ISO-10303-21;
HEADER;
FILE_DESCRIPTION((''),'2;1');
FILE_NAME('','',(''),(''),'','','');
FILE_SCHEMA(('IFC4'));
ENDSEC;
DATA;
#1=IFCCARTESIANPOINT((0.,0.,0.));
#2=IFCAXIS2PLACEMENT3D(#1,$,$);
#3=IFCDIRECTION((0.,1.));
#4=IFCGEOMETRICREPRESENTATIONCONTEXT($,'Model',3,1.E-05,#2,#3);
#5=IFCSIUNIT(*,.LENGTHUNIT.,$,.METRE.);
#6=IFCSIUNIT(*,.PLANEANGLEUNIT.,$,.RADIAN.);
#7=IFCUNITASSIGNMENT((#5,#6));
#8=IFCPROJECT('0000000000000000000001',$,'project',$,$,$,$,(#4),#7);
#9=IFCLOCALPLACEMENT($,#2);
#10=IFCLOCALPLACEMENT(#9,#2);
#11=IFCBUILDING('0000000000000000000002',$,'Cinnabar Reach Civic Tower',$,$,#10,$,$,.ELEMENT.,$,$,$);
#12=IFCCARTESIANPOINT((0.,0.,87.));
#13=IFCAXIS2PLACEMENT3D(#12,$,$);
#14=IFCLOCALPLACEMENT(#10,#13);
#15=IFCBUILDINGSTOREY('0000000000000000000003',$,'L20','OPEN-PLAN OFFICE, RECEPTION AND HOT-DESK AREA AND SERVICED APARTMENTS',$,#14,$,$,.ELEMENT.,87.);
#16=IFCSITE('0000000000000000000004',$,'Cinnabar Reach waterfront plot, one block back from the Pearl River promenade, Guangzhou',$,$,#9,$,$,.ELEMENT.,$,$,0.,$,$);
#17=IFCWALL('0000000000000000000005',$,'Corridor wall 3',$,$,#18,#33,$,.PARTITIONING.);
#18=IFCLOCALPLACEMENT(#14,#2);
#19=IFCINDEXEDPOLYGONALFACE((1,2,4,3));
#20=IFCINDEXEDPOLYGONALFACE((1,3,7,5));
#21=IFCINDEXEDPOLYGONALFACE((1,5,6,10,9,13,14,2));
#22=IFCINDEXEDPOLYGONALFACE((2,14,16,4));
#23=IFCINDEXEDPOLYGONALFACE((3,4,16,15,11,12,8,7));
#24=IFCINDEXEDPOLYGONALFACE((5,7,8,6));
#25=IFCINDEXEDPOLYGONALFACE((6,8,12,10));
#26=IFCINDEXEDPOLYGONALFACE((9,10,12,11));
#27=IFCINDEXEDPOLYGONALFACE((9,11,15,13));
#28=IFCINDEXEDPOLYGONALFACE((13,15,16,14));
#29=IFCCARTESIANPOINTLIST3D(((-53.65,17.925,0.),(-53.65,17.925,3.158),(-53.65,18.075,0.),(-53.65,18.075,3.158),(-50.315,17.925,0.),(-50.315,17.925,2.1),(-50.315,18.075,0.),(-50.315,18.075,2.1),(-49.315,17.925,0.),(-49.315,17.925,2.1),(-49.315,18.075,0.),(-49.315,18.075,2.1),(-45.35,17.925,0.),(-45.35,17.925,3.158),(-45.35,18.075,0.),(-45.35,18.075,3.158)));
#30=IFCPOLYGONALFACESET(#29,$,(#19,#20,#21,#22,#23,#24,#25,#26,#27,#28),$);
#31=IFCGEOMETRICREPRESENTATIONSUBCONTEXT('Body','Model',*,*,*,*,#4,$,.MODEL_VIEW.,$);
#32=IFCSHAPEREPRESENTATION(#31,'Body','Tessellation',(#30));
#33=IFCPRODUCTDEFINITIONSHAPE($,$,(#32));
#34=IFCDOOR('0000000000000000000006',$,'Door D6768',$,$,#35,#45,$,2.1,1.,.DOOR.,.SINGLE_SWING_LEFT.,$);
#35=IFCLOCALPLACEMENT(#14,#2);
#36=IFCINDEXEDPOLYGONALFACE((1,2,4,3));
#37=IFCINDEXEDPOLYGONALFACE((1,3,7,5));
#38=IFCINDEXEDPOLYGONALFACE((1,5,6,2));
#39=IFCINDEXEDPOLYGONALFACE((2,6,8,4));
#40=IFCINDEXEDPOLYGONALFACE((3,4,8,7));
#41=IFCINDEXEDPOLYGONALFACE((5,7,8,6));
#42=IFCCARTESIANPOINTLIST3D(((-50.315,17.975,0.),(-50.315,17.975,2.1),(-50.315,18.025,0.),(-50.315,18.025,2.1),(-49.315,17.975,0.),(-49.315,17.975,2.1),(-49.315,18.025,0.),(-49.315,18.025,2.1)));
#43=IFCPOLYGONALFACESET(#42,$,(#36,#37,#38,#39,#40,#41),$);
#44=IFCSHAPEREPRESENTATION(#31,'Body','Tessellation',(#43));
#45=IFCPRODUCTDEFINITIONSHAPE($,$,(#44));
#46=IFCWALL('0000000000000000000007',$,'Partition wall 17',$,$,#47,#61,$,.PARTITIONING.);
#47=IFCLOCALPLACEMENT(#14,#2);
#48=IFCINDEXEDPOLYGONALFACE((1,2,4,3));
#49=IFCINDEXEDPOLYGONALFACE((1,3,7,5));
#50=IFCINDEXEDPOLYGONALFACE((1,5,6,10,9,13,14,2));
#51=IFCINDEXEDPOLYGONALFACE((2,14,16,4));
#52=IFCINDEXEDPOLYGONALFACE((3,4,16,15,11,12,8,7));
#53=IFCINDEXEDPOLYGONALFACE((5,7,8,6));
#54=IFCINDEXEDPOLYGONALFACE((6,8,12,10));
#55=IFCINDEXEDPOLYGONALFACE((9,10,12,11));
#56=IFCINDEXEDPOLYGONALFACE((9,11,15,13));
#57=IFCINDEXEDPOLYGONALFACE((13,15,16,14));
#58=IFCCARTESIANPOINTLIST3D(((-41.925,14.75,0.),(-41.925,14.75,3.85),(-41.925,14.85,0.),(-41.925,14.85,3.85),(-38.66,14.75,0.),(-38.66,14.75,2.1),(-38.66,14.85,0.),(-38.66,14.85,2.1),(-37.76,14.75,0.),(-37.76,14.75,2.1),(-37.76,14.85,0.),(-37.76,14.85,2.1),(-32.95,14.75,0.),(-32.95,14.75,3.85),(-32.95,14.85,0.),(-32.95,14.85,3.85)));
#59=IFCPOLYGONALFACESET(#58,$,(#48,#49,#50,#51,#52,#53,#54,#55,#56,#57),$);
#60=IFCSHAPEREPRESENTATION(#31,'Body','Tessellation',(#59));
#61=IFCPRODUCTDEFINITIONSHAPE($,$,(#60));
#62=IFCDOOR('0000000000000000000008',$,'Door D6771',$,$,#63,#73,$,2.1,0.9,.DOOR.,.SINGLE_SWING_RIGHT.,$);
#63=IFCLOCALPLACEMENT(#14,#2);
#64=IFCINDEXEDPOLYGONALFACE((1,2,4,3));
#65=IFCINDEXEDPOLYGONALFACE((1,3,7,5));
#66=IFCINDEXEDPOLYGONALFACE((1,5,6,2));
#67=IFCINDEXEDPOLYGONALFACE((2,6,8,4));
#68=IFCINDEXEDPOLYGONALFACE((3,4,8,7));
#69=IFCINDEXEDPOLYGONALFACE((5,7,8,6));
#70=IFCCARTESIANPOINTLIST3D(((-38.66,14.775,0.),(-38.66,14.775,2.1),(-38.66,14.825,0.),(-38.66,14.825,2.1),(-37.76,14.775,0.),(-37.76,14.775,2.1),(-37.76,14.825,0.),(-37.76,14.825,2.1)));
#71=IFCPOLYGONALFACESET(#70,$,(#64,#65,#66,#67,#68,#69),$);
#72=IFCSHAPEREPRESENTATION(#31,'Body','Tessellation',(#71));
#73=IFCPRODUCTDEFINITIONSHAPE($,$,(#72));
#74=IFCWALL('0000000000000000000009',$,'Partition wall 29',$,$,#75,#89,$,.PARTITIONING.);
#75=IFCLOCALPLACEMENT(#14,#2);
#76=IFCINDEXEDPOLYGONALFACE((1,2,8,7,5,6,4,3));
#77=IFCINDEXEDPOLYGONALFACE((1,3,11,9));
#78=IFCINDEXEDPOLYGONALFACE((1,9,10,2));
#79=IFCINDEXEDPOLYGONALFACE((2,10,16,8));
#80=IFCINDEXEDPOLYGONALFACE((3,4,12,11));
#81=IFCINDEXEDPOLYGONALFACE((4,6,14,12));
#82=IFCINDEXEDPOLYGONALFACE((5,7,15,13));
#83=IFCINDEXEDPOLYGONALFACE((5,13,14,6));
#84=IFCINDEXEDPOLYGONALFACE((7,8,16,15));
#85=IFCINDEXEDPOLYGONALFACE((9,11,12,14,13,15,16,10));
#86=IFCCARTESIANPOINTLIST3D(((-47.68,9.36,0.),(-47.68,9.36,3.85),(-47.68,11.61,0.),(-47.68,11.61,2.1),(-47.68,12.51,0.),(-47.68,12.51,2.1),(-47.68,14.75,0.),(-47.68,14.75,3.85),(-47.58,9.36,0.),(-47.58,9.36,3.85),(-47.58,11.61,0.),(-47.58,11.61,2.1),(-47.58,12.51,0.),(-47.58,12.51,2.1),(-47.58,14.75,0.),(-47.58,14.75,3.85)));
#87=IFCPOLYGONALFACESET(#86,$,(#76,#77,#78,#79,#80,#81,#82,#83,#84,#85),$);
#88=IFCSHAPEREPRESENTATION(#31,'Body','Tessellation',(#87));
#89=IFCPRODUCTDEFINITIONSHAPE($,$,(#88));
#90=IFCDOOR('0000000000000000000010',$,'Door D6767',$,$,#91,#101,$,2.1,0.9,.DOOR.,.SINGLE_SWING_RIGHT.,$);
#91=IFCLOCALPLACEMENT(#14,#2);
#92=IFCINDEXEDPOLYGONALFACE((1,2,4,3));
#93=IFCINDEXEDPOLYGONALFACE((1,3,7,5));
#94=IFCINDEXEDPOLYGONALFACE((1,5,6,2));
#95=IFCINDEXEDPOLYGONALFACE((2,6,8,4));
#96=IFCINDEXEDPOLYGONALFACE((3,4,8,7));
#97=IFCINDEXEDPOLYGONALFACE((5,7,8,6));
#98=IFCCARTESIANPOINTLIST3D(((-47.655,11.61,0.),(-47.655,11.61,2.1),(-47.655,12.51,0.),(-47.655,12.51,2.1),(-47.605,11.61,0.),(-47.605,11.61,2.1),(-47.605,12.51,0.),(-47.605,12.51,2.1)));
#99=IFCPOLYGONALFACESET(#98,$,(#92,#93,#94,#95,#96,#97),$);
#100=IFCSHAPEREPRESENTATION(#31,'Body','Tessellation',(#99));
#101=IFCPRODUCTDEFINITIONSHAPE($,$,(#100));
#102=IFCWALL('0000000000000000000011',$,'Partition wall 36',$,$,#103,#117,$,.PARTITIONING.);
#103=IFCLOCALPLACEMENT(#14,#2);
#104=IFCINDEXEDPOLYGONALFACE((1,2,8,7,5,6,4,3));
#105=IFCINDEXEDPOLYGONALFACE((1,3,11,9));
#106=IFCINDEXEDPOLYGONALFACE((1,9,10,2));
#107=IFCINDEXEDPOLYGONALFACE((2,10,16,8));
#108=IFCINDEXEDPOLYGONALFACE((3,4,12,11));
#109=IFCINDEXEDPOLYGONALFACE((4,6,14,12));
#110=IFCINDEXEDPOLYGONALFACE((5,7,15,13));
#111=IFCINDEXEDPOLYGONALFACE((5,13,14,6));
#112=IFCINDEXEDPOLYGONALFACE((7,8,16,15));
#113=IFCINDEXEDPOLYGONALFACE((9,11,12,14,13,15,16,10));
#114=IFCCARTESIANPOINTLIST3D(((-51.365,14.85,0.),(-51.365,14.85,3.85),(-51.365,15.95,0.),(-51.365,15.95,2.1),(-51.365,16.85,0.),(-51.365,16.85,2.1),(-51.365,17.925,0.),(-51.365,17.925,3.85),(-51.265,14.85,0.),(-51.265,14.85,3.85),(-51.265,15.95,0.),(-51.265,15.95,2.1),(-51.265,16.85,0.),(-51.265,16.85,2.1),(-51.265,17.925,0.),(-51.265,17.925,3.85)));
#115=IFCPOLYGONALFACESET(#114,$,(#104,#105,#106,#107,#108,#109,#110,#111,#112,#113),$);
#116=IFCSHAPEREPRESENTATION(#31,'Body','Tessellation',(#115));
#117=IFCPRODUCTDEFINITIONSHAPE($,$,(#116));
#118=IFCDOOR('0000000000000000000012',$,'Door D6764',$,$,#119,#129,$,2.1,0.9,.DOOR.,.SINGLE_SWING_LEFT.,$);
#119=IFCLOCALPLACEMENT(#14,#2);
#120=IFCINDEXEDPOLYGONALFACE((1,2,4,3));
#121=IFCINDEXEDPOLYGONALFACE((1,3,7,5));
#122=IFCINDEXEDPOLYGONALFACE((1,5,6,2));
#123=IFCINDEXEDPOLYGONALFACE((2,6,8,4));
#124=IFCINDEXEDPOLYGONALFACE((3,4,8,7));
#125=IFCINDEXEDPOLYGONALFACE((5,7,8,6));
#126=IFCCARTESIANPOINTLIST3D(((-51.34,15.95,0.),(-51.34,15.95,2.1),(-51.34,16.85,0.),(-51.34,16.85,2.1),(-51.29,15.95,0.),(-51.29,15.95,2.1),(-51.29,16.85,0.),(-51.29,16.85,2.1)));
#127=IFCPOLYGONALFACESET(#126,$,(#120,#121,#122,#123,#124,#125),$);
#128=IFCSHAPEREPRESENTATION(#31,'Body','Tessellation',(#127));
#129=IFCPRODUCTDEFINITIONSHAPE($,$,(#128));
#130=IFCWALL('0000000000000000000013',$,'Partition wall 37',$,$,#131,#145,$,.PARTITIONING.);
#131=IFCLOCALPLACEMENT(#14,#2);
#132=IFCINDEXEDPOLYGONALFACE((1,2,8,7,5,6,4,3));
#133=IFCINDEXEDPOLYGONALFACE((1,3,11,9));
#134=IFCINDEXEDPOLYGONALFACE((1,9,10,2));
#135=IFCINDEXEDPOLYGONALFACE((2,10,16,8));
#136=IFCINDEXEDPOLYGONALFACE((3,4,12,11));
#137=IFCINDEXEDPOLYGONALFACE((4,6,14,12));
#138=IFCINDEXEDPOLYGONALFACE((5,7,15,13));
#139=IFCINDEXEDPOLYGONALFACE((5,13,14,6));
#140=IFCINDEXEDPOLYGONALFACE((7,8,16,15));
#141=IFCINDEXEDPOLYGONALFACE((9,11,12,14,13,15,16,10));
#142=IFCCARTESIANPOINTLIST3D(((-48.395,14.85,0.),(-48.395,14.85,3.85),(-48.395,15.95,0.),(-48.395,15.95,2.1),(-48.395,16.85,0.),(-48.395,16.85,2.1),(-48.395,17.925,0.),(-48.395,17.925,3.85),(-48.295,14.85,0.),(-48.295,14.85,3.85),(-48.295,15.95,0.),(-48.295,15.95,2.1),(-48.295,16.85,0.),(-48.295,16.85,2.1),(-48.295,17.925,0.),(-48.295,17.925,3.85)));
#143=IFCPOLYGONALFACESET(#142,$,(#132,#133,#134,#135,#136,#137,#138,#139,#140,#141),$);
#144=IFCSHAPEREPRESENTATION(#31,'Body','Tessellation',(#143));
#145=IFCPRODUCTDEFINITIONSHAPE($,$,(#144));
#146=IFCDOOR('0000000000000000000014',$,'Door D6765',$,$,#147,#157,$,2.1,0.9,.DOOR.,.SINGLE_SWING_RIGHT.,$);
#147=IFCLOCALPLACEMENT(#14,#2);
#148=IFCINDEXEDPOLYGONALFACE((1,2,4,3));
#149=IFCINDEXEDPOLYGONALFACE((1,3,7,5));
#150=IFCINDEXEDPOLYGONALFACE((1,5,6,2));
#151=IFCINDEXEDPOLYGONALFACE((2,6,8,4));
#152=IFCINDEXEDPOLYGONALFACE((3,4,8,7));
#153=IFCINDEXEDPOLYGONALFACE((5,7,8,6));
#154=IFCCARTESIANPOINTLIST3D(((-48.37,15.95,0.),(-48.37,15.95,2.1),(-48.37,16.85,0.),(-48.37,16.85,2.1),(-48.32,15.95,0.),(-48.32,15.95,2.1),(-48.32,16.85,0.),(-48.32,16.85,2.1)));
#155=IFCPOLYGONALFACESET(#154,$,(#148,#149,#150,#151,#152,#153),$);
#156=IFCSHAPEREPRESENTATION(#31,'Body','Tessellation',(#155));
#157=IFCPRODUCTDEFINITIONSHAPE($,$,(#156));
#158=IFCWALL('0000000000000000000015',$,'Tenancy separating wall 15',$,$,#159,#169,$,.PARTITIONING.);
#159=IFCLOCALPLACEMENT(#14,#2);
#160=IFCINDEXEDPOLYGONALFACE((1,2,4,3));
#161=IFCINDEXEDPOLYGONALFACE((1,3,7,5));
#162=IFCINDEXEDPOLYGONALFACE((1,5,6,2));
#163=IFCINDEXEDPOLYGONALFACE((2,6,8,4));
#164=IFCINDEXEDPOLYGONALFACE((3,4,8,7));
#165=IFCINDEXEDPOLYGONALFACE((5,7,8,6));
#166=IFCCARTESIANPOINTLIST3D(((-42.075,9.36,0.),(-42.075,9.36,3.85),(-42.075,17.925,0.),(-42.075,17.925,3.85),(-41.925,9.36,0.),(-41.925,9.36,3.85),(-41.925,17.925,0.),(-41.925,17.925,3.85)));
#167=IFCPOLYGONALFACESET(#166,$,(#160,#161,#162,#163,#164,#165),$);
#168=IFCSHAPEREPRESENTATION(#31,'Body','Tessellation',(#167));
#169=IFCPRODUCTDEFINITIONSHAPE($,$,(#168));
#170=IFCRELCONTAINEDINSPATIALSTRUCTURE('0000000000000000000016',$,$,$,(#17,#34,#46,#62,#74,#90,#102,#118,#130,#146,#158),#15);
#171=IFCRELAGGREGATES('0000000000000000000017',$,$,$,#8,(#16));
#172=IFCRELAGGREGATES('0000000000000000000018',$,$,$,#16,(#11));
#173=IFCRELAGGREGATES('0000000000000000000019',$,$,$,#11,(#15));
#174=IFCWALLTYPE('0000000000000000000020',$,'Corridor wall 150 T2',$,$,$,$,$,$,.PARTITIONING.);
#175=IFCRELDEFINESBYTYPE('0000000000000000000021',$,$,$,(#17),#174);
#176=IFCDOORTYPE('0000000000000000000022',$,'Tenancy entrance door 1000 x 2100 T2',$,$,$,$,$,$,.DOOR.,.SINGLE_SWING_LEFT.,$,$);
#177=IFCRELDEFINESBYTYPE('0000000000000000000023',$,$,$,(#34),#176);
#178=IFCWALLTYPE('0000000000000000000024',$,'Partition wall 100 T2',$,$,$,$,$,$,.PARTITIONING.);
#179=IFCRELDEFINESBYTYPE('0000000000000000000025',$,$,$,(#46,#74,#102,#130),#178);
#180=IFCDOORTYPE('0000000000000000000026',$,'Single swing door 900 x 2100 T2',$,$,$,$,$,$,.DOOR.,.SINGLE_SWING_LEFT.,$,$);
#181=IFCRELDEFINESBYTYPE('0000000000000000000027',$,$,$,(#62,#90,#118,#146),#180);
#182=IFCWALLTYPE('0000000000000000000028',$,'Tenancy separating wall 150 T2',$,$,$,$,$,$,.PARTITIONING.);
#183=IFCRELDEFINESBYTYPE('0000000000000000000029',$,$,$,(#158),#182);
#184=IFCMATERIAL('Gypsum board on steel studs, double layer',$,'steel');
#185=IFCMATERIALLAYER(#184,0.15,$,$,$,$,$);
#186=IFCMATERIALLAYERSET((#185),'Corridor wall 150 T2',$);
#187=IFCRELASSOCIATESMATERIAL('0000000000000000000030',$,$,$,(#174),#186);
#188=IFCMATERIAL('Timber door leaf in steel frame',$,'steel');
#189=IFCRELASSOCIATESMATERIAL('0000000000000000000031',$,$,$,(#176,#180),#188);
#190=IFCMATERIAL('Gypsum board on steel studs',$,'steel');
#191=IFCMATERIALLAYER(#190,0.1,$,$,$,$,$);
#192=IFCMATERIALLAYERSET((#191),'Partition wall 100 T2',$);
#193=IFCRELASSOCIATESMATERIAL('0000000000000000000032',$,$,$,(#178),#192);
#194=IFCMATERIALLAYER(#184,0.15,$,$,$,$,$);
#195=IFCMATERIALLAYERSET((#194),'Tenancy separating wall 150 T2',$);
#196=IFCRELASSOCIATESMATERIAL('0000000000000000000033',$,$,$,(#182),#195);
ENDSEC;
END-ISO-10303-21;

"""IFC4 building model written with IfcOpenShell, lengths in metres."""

from ifc_helpers import new_model, si_unit, direction, frame, frame_2d, origin, place, context, subcontext, project, spatial, rectangle, extrude, material, layer, layer_set, type_object, element, fill, save


model = new_model("IFC4")

# Units and contexts
model_context = context("Model", 3, precision=1e-05, world=origin(), true_north=direction((0.0, 1.0)))
body_context = subcontext(model_context, "Body", "Model", "MODEL_VIEW")
ifc_project = project(units=[si_unit("LENGTHUNIT", "METRE"), si_unit("PLANEANGLEUNIT", "RADIAN")], contexts=[model_context])

# Site, building, storey
site_placement = place(None, origin())
site = spatial("IfcSite", under=ifc_project, at=site_placement, Name="Cinnabar Reach waterfront plot, one block back from the Pearl River promenade, Guangzhou", CompositionType="ELEMENT", RefElevation=0.0)
building_placement = place(site_placement, origin())
building = spatial("IfcBuilding", under=site, at=building_placement, Name="Cinnabar Reach Civic Tower", CompositionType="ELEMENT")
storey_placement = place(building_placement, frame((0.0, 0.0, 87.0)))
storey = spatial("IfcBuildingStorey", under=building, at=storey_placement, Name="L20", Description="OPEN-PLAN OFFICE, RECEPTION AND HOT-DESK AREA AND SERVICED APARTMENTS", CompositionType="ELEMENT", Elevation=87.0)

# Walls, openings, doors
ifc_material_1 = material(Name="Gypsum board on steel studs, double layer", Category="steel")
ifc_layer_1 = layer(ifc_material_1, 0.15)
ifc_layer_set_1 = layer_set([ifc_layer_1], Name="Corridor wall 150 T2")
wall_type_1 = type_object("IfcWallType", Name="Corridor wall 150 T2", PredefinedType="PARTITIONING", material=ifc_layer_set_1)
ifc_material_2 = material(Name="Timber door leaf in steel frame", Category="steel")
door_type_1 = type_object("IfcDoorType", Name="Tenancy entrance door 1000 x 2100 T2", OperationType="SINGLE_SWING_LEFT", PredefinedType="DOOR", material=ifc_material_2)
wall_1_placement = place(storey_placement, frame((-53.65, 18.0, 0.0), z_axis=(0.0, 0.0, 1.0), x_axis=(1.0, 0.0, 0.0)))
wall_1 = element("IfcWall", 1, at=wall_1_placement, inside=storey, type_object=wall_type_1, Name="Corridor wall 3", PredefinedType="PARTITIONING", context=body_context, shape_type="SweptSolid", body=[
    extrude(rectangle(XDim=8.3, YDim=0.15, at=frame_2d((4.15, 0.0))), origin(), (0.0, 0.0, 1.0), 3.158),
])
opening_1_placement = place(wall_1_placement, frame((3.335, 0.0, 0.0)))
opening_1 = element("IfcOpeningElement", 2, at=opening_1_placement, cuts=wall_1, PredefinedType="OPENING", context=body_context, shape_type="SweptSolid", body=[
    extrude(rectangle(XDim=1.0, YDim=2.1, at=frame_2d((0.5, 1.05))), frame((0.0, 0.085, 0.0), z_axis=(0.0, -1.0, 0.0), x_axis=(1.0, 0.0, 0.0)), (0.0, 0.0, 1.0), 0.17),
])
door_1_placement = place(opening_1_placement, frame((1.0, 0.0, 0.0), z_axis=(0.0, 0.0, 1.0), x_axis=(-1.0, 0.0, 0.0)))
door_1 = element("IfcDoor", 3, at=door_1_placement, inside=storey, type_object=door_type_1, Name="Door D6768", OperationType="SINGLE_SWING_LEFT", OverallHeight=2.1, OverallWidth=1.0, PredefinedType="DOOR", context=body_context, shape_type="SweptSolid", body=[
    extrude(rectangle(XDim=1.0, YDim=2.1, at=frame_2d((0.5, 1.05))), frame((0.0, 0.025, 0.0), z_axis=(0.0, -1.0, 0.0), x_axis=(1.0, 0.0, 0.0)), (0.0, 0.0, 1.0), 0.05),
])
fill(opening_1, door_1)
ifc_material_3 = material(Name="Gypsum board on steel studs", Category="steel")
ifc_layer_2 = layer(ifc_material_3, 0.1)
ifc_layer_set_2 = layer_set([ifc_layer_2], Name="Partition wall 100 T2")
wall_type_2 = type_object("IfcWallType", Name="Partition wall 100 T2", PredefinedType="PARTITIONING", material=ifc_layer_set_2)
wall_2_placement = place(storey_placement, frame((-41.925, 14.8, 0.0), z_axis=(0.0, 0.0, 1.0), x_axis=(1.0, 0.0, 0.0)))
wall_2 = element("IfcWall", 4, at=wall_2_placement, inside=storey, type_object=wall_type_2, Name="Partition wall 17", PredefinedType="PARTITIONING", context=body_context, shape_type="SweptSolid", body=[
    extrude(rectangle(XDim=8.975, YDim=0.1, at=frame_2d((4.4875, 0.0))), origin(), (0.0, 0.0, 1.0), 3.85),
])
opening_2_placement = place(wall_2_placement, frame((3.265, 0.0, 0.0)))
opening_2 = element("IfcOpeningElement", 5, at=opening_2_placement, cuts=wall_2, PredefinedType="OPENING", context=body_context, shape_type="SweptSolid", body=[
    extrude(rectangle(XDim=0.9, YDim=2.1, at=frame_2d((0.45, 1.05))), frame((0.0, 0.06, 0.0), z_axis=(0.0, -1.0, 0.0), x_axis=(1.0, 0.0, 0.0)), (0.0, 0.0, 1.0), 0.12),
])
door_type_2 = type_object("IfcDoorType", Name="Single swing door 900 x 2100 T2", OperationType="SINGLE_SWING_LEFT", PredefinedType="DOOR", material=ifc_material_2)
door_2_placement = place(opening_2_placement, origin())
door_2 = element("IfcDoor", 6, at=door_2_placement, inside=storey, type_object=door_type_2, Name="Door D6771", OperationType="SINGLE_SWING_RIGHT", OverallHeight=2.1, OverallWidth=0.9, PredefinedType="DOOR", context=body_context, shape_type="SweptSolid", body=[
    extrude(rectangle(XDim=0.9, YDim=2.1, at=frame_2d((0.45, 1.05))), frame((0.0, 0.025, 0.0), z_axis=(0.0, -1.0, 0.0), x_axis=(1.0, 0.0, 0.0)), (0.0, 0.0, 1.0), 0.05),
])
fill(opening_2, door_2)
wall_3_placement = place(storey_placement, frame((-47.63, 9.36, 0.0), z_axis=(0.0, 0.0, 1.0), x_axis=(0.0, 1.0, 0.0)))
wall_3 = element("IfcWall", 7, at=wall_3_placement, inside=storey, type_object=wall_type_2, Name="Partition wall 29", PredefinedType="PARTITIONING", context=body_context, shape_type="SweptSolid", body=[
    extrude(rectangle(XDim=5.39, YDim=0.1, at=frame_2d((2.695, 0.0))), origin(), (0.0, 0.0, 1.0), 3.85),
])
opening_3_placement = place(wall_3_placement, frame((2.25, 0.0, 0.0)))
opening_3 = element("IfcOpeningElement", 8, at=opening_3_placement, cuts=wall_3, PredefinedType="OPENING", context=body_context, shape_type="SweptSolid", body=[
    extrude(rectangle(XDim=0.9, YDim=2.1, at=frame_2d((0.45, 1.05))), frame((0.0, 0.06, 0.0), z_axis=(0.0, -1.0, 0.0), x_axis=(1.0, 0.0, 0.0)), (0.0, 0.0, 1.0), 0.12),
])
door_3_placement = place(opening_3_placement, frame((0.9, 0.0, 0.0), z_axis=(0.0, 0.0, 1.0), x_axis=(-1.0, 0.0, 0.0)))
door_3 = element("IfcDoor", 9, at=door_3_placement, inside=storey, type_object=door_type_2, Name="Door D6767", OperationType="SINGLE_SWING_RIGHT", OverallHeight=2.1, OverallWidth=0.9, PredefinedType="DOOR", context=body_context, shape_type="SweptSolid", body=[
    extrude(rectangle(XDim=0.9, YDim=2.1, at=frame_2d((0.45, 1.05))), frame((0.0, 0.025, 0.0), z_axis=(0.0, -1.0, 0.0), x_axis=(1.0, 0.0, 0.0)), (0.0, 0.0, 1.0), 0.05),
])
fill(opening_3, door_3)
wall_4_placement = place(storey_placement, frame((-51.315, 14.85, 0.0), z_axis=(0.0, 0.0, 1.0), x_axis=(0.0, 1.0, 0.0)))
wall_4 = element("IfcWall", 10, at=wall_4_placement, inside=storey, type_object=wall_type_2, Name="Partition wall 36", PredefinedType="PARTITIONING", context=body_context, shape_type="SweptSolid", body=[
    extrude(rectangle(XDim=3.075, YDim=0.1, at=frame_2d((1.5375, 0.0))), origin(), (0.0, 0.0, 1.0), 3.85),
])
opening_4_placement = place(wall_4_placement, frame((1.1, 0.0, 0.0)))
opening_4 = element("IfcOpeningElement", 11, at=opening_4_placement, cuts=wall_4, PredefinedType="OPENING", context=body_context, shape_type="SweptSolid", body=[
    extrude(rectangle(XDim=0.9, YDim=2.1, at=frame_2d((0.45, 1.05))), frame((0.0, 0.06, 0.0), z_axis=(0.0, -1.0, 0.0), x_axis=(1.0, 0.0, 0.0)), (0.0, 0.0, 1.0), 0.12),
])
door_4_placement = place(opening_4_placement, origin())
door_4 = element("IfcDoor", 12, at=door_4_placement, inside=storey, type_object=door_type_2, Name="Door D6764", OperationType="SINGLE_SWING_LEFT", OverallHeight=2.1, OverallWidth=0.9, PredefinedType="DOOR", context=body_context, shape_type="SweptSolid", body=[
    extrude(rectangle(XDim=0.9, YDim=2.1, at=frame_2d((0.45, 1.05))), frame((0.0, 0.025, 0.0), z_axis=(0.0, -1.0, 0.0), x_axis=(1.0, 0.0, 0.0)), (0.0, 0.0, 1.0), 0.05),
])
fill(opening_4, door_4)
wall_5_placement = place(storey_placement, frame((-48.345, 14.85, 0.0), z_axis=(0.0, 0.0, 1.0), x_axis=(0.0, 1.0, 0.0)))
wall_5 = element("IfcWall", 13, at=wall_5_placement, inside=storey, type_object=wall_type_2, Name="Partition wall 37", PredefinedType="PARTITIONING", context=body_context, shape_type="SweptSolid", body=[
    extrude(rectangle(XDim=3.075, YDim=0.1, at=frame_2d((1.5375, 0.0))), origin(), (0.0, 0.0, 1.0), 3.85),
])
opening_5_placement = place(wall_5_placement, frame((1.1, 0.0, 0.0)))
opening_5 = element("IfcOpeningElement", 14, at=opening_5_placement, cuts=wall_5, PredefinedType="OPENING", context=body_context, shape_type="SweptSolid", body=[
    extrude(rectangle(XDim=0.9, YDim=2.1, at=frame_2d((0.45, 1.05))), frame((0.0, 0.06, 0.0), z_axis=(0.0, -1.0, 0.0), x_axis=(1.0, 0.0, 0.0)), (0.0, 0.0, 1.0), 0.12),
])
door_5_placement = place(opening_5_placement, origin())
door_5 = element("IfcDoor", 15, at=door_5_placement, inside=storey, type_object=door_type_2, Name="Door D6765", OperationType="SINGLE_SWING_RIGHT", OverallHeight=2.1, OverallWidth=0.9, PredefinedType="DOOR", context=body_context, shape_type="SweptSolid", body=[
    extrude(rectangle(XDim=0.9, YDim=2.1, at=frame_2d((0.45, 1.05))), frame((0.0, 0.025, 0.0), z_axis=(0.0, -1.0, 0.0), x_axis=(1.0, 0.0, 0.0)), (0.0, 0.0, 1.0), 0.05),
])
fill(opening_5, door_5)

# Wall
ifc_layer_3 = layer(ifc_material_1, 0.15)
ifc_layer_set_3 = layer_set([ifc_layer_3], Name="Tenancy separating wall 150 T2")
wall_type_3 = type_object("IfcWallType", Name="Tenancy separating wall 150 T2", PredefinedType="PARTITIONING", material=ifc_layer_set_3)
wall_6_placement = place(storey_placement, frame((-42.0, 9.36, 0.0), z_axis=(0.0, 0.0, 1.0), x_axis=(0.0, 1.0, 0.0)))
element("IfcWall", 16, at=wall_6_placement, inside=storey, type_object=wall_type_3, Name="Tenancy separating wall 15", PredefinedType="PARTITIONING", context=body_context, shape_type="SweptSolid", body=[
    extrude(rectangle(XDim=8.565, YDim=0.15, at=frame_2d((4.2825, 0.0))), origin(), (0.0, 0.0, 1.0), 3.85),
])

save(model, "model.ifc")
